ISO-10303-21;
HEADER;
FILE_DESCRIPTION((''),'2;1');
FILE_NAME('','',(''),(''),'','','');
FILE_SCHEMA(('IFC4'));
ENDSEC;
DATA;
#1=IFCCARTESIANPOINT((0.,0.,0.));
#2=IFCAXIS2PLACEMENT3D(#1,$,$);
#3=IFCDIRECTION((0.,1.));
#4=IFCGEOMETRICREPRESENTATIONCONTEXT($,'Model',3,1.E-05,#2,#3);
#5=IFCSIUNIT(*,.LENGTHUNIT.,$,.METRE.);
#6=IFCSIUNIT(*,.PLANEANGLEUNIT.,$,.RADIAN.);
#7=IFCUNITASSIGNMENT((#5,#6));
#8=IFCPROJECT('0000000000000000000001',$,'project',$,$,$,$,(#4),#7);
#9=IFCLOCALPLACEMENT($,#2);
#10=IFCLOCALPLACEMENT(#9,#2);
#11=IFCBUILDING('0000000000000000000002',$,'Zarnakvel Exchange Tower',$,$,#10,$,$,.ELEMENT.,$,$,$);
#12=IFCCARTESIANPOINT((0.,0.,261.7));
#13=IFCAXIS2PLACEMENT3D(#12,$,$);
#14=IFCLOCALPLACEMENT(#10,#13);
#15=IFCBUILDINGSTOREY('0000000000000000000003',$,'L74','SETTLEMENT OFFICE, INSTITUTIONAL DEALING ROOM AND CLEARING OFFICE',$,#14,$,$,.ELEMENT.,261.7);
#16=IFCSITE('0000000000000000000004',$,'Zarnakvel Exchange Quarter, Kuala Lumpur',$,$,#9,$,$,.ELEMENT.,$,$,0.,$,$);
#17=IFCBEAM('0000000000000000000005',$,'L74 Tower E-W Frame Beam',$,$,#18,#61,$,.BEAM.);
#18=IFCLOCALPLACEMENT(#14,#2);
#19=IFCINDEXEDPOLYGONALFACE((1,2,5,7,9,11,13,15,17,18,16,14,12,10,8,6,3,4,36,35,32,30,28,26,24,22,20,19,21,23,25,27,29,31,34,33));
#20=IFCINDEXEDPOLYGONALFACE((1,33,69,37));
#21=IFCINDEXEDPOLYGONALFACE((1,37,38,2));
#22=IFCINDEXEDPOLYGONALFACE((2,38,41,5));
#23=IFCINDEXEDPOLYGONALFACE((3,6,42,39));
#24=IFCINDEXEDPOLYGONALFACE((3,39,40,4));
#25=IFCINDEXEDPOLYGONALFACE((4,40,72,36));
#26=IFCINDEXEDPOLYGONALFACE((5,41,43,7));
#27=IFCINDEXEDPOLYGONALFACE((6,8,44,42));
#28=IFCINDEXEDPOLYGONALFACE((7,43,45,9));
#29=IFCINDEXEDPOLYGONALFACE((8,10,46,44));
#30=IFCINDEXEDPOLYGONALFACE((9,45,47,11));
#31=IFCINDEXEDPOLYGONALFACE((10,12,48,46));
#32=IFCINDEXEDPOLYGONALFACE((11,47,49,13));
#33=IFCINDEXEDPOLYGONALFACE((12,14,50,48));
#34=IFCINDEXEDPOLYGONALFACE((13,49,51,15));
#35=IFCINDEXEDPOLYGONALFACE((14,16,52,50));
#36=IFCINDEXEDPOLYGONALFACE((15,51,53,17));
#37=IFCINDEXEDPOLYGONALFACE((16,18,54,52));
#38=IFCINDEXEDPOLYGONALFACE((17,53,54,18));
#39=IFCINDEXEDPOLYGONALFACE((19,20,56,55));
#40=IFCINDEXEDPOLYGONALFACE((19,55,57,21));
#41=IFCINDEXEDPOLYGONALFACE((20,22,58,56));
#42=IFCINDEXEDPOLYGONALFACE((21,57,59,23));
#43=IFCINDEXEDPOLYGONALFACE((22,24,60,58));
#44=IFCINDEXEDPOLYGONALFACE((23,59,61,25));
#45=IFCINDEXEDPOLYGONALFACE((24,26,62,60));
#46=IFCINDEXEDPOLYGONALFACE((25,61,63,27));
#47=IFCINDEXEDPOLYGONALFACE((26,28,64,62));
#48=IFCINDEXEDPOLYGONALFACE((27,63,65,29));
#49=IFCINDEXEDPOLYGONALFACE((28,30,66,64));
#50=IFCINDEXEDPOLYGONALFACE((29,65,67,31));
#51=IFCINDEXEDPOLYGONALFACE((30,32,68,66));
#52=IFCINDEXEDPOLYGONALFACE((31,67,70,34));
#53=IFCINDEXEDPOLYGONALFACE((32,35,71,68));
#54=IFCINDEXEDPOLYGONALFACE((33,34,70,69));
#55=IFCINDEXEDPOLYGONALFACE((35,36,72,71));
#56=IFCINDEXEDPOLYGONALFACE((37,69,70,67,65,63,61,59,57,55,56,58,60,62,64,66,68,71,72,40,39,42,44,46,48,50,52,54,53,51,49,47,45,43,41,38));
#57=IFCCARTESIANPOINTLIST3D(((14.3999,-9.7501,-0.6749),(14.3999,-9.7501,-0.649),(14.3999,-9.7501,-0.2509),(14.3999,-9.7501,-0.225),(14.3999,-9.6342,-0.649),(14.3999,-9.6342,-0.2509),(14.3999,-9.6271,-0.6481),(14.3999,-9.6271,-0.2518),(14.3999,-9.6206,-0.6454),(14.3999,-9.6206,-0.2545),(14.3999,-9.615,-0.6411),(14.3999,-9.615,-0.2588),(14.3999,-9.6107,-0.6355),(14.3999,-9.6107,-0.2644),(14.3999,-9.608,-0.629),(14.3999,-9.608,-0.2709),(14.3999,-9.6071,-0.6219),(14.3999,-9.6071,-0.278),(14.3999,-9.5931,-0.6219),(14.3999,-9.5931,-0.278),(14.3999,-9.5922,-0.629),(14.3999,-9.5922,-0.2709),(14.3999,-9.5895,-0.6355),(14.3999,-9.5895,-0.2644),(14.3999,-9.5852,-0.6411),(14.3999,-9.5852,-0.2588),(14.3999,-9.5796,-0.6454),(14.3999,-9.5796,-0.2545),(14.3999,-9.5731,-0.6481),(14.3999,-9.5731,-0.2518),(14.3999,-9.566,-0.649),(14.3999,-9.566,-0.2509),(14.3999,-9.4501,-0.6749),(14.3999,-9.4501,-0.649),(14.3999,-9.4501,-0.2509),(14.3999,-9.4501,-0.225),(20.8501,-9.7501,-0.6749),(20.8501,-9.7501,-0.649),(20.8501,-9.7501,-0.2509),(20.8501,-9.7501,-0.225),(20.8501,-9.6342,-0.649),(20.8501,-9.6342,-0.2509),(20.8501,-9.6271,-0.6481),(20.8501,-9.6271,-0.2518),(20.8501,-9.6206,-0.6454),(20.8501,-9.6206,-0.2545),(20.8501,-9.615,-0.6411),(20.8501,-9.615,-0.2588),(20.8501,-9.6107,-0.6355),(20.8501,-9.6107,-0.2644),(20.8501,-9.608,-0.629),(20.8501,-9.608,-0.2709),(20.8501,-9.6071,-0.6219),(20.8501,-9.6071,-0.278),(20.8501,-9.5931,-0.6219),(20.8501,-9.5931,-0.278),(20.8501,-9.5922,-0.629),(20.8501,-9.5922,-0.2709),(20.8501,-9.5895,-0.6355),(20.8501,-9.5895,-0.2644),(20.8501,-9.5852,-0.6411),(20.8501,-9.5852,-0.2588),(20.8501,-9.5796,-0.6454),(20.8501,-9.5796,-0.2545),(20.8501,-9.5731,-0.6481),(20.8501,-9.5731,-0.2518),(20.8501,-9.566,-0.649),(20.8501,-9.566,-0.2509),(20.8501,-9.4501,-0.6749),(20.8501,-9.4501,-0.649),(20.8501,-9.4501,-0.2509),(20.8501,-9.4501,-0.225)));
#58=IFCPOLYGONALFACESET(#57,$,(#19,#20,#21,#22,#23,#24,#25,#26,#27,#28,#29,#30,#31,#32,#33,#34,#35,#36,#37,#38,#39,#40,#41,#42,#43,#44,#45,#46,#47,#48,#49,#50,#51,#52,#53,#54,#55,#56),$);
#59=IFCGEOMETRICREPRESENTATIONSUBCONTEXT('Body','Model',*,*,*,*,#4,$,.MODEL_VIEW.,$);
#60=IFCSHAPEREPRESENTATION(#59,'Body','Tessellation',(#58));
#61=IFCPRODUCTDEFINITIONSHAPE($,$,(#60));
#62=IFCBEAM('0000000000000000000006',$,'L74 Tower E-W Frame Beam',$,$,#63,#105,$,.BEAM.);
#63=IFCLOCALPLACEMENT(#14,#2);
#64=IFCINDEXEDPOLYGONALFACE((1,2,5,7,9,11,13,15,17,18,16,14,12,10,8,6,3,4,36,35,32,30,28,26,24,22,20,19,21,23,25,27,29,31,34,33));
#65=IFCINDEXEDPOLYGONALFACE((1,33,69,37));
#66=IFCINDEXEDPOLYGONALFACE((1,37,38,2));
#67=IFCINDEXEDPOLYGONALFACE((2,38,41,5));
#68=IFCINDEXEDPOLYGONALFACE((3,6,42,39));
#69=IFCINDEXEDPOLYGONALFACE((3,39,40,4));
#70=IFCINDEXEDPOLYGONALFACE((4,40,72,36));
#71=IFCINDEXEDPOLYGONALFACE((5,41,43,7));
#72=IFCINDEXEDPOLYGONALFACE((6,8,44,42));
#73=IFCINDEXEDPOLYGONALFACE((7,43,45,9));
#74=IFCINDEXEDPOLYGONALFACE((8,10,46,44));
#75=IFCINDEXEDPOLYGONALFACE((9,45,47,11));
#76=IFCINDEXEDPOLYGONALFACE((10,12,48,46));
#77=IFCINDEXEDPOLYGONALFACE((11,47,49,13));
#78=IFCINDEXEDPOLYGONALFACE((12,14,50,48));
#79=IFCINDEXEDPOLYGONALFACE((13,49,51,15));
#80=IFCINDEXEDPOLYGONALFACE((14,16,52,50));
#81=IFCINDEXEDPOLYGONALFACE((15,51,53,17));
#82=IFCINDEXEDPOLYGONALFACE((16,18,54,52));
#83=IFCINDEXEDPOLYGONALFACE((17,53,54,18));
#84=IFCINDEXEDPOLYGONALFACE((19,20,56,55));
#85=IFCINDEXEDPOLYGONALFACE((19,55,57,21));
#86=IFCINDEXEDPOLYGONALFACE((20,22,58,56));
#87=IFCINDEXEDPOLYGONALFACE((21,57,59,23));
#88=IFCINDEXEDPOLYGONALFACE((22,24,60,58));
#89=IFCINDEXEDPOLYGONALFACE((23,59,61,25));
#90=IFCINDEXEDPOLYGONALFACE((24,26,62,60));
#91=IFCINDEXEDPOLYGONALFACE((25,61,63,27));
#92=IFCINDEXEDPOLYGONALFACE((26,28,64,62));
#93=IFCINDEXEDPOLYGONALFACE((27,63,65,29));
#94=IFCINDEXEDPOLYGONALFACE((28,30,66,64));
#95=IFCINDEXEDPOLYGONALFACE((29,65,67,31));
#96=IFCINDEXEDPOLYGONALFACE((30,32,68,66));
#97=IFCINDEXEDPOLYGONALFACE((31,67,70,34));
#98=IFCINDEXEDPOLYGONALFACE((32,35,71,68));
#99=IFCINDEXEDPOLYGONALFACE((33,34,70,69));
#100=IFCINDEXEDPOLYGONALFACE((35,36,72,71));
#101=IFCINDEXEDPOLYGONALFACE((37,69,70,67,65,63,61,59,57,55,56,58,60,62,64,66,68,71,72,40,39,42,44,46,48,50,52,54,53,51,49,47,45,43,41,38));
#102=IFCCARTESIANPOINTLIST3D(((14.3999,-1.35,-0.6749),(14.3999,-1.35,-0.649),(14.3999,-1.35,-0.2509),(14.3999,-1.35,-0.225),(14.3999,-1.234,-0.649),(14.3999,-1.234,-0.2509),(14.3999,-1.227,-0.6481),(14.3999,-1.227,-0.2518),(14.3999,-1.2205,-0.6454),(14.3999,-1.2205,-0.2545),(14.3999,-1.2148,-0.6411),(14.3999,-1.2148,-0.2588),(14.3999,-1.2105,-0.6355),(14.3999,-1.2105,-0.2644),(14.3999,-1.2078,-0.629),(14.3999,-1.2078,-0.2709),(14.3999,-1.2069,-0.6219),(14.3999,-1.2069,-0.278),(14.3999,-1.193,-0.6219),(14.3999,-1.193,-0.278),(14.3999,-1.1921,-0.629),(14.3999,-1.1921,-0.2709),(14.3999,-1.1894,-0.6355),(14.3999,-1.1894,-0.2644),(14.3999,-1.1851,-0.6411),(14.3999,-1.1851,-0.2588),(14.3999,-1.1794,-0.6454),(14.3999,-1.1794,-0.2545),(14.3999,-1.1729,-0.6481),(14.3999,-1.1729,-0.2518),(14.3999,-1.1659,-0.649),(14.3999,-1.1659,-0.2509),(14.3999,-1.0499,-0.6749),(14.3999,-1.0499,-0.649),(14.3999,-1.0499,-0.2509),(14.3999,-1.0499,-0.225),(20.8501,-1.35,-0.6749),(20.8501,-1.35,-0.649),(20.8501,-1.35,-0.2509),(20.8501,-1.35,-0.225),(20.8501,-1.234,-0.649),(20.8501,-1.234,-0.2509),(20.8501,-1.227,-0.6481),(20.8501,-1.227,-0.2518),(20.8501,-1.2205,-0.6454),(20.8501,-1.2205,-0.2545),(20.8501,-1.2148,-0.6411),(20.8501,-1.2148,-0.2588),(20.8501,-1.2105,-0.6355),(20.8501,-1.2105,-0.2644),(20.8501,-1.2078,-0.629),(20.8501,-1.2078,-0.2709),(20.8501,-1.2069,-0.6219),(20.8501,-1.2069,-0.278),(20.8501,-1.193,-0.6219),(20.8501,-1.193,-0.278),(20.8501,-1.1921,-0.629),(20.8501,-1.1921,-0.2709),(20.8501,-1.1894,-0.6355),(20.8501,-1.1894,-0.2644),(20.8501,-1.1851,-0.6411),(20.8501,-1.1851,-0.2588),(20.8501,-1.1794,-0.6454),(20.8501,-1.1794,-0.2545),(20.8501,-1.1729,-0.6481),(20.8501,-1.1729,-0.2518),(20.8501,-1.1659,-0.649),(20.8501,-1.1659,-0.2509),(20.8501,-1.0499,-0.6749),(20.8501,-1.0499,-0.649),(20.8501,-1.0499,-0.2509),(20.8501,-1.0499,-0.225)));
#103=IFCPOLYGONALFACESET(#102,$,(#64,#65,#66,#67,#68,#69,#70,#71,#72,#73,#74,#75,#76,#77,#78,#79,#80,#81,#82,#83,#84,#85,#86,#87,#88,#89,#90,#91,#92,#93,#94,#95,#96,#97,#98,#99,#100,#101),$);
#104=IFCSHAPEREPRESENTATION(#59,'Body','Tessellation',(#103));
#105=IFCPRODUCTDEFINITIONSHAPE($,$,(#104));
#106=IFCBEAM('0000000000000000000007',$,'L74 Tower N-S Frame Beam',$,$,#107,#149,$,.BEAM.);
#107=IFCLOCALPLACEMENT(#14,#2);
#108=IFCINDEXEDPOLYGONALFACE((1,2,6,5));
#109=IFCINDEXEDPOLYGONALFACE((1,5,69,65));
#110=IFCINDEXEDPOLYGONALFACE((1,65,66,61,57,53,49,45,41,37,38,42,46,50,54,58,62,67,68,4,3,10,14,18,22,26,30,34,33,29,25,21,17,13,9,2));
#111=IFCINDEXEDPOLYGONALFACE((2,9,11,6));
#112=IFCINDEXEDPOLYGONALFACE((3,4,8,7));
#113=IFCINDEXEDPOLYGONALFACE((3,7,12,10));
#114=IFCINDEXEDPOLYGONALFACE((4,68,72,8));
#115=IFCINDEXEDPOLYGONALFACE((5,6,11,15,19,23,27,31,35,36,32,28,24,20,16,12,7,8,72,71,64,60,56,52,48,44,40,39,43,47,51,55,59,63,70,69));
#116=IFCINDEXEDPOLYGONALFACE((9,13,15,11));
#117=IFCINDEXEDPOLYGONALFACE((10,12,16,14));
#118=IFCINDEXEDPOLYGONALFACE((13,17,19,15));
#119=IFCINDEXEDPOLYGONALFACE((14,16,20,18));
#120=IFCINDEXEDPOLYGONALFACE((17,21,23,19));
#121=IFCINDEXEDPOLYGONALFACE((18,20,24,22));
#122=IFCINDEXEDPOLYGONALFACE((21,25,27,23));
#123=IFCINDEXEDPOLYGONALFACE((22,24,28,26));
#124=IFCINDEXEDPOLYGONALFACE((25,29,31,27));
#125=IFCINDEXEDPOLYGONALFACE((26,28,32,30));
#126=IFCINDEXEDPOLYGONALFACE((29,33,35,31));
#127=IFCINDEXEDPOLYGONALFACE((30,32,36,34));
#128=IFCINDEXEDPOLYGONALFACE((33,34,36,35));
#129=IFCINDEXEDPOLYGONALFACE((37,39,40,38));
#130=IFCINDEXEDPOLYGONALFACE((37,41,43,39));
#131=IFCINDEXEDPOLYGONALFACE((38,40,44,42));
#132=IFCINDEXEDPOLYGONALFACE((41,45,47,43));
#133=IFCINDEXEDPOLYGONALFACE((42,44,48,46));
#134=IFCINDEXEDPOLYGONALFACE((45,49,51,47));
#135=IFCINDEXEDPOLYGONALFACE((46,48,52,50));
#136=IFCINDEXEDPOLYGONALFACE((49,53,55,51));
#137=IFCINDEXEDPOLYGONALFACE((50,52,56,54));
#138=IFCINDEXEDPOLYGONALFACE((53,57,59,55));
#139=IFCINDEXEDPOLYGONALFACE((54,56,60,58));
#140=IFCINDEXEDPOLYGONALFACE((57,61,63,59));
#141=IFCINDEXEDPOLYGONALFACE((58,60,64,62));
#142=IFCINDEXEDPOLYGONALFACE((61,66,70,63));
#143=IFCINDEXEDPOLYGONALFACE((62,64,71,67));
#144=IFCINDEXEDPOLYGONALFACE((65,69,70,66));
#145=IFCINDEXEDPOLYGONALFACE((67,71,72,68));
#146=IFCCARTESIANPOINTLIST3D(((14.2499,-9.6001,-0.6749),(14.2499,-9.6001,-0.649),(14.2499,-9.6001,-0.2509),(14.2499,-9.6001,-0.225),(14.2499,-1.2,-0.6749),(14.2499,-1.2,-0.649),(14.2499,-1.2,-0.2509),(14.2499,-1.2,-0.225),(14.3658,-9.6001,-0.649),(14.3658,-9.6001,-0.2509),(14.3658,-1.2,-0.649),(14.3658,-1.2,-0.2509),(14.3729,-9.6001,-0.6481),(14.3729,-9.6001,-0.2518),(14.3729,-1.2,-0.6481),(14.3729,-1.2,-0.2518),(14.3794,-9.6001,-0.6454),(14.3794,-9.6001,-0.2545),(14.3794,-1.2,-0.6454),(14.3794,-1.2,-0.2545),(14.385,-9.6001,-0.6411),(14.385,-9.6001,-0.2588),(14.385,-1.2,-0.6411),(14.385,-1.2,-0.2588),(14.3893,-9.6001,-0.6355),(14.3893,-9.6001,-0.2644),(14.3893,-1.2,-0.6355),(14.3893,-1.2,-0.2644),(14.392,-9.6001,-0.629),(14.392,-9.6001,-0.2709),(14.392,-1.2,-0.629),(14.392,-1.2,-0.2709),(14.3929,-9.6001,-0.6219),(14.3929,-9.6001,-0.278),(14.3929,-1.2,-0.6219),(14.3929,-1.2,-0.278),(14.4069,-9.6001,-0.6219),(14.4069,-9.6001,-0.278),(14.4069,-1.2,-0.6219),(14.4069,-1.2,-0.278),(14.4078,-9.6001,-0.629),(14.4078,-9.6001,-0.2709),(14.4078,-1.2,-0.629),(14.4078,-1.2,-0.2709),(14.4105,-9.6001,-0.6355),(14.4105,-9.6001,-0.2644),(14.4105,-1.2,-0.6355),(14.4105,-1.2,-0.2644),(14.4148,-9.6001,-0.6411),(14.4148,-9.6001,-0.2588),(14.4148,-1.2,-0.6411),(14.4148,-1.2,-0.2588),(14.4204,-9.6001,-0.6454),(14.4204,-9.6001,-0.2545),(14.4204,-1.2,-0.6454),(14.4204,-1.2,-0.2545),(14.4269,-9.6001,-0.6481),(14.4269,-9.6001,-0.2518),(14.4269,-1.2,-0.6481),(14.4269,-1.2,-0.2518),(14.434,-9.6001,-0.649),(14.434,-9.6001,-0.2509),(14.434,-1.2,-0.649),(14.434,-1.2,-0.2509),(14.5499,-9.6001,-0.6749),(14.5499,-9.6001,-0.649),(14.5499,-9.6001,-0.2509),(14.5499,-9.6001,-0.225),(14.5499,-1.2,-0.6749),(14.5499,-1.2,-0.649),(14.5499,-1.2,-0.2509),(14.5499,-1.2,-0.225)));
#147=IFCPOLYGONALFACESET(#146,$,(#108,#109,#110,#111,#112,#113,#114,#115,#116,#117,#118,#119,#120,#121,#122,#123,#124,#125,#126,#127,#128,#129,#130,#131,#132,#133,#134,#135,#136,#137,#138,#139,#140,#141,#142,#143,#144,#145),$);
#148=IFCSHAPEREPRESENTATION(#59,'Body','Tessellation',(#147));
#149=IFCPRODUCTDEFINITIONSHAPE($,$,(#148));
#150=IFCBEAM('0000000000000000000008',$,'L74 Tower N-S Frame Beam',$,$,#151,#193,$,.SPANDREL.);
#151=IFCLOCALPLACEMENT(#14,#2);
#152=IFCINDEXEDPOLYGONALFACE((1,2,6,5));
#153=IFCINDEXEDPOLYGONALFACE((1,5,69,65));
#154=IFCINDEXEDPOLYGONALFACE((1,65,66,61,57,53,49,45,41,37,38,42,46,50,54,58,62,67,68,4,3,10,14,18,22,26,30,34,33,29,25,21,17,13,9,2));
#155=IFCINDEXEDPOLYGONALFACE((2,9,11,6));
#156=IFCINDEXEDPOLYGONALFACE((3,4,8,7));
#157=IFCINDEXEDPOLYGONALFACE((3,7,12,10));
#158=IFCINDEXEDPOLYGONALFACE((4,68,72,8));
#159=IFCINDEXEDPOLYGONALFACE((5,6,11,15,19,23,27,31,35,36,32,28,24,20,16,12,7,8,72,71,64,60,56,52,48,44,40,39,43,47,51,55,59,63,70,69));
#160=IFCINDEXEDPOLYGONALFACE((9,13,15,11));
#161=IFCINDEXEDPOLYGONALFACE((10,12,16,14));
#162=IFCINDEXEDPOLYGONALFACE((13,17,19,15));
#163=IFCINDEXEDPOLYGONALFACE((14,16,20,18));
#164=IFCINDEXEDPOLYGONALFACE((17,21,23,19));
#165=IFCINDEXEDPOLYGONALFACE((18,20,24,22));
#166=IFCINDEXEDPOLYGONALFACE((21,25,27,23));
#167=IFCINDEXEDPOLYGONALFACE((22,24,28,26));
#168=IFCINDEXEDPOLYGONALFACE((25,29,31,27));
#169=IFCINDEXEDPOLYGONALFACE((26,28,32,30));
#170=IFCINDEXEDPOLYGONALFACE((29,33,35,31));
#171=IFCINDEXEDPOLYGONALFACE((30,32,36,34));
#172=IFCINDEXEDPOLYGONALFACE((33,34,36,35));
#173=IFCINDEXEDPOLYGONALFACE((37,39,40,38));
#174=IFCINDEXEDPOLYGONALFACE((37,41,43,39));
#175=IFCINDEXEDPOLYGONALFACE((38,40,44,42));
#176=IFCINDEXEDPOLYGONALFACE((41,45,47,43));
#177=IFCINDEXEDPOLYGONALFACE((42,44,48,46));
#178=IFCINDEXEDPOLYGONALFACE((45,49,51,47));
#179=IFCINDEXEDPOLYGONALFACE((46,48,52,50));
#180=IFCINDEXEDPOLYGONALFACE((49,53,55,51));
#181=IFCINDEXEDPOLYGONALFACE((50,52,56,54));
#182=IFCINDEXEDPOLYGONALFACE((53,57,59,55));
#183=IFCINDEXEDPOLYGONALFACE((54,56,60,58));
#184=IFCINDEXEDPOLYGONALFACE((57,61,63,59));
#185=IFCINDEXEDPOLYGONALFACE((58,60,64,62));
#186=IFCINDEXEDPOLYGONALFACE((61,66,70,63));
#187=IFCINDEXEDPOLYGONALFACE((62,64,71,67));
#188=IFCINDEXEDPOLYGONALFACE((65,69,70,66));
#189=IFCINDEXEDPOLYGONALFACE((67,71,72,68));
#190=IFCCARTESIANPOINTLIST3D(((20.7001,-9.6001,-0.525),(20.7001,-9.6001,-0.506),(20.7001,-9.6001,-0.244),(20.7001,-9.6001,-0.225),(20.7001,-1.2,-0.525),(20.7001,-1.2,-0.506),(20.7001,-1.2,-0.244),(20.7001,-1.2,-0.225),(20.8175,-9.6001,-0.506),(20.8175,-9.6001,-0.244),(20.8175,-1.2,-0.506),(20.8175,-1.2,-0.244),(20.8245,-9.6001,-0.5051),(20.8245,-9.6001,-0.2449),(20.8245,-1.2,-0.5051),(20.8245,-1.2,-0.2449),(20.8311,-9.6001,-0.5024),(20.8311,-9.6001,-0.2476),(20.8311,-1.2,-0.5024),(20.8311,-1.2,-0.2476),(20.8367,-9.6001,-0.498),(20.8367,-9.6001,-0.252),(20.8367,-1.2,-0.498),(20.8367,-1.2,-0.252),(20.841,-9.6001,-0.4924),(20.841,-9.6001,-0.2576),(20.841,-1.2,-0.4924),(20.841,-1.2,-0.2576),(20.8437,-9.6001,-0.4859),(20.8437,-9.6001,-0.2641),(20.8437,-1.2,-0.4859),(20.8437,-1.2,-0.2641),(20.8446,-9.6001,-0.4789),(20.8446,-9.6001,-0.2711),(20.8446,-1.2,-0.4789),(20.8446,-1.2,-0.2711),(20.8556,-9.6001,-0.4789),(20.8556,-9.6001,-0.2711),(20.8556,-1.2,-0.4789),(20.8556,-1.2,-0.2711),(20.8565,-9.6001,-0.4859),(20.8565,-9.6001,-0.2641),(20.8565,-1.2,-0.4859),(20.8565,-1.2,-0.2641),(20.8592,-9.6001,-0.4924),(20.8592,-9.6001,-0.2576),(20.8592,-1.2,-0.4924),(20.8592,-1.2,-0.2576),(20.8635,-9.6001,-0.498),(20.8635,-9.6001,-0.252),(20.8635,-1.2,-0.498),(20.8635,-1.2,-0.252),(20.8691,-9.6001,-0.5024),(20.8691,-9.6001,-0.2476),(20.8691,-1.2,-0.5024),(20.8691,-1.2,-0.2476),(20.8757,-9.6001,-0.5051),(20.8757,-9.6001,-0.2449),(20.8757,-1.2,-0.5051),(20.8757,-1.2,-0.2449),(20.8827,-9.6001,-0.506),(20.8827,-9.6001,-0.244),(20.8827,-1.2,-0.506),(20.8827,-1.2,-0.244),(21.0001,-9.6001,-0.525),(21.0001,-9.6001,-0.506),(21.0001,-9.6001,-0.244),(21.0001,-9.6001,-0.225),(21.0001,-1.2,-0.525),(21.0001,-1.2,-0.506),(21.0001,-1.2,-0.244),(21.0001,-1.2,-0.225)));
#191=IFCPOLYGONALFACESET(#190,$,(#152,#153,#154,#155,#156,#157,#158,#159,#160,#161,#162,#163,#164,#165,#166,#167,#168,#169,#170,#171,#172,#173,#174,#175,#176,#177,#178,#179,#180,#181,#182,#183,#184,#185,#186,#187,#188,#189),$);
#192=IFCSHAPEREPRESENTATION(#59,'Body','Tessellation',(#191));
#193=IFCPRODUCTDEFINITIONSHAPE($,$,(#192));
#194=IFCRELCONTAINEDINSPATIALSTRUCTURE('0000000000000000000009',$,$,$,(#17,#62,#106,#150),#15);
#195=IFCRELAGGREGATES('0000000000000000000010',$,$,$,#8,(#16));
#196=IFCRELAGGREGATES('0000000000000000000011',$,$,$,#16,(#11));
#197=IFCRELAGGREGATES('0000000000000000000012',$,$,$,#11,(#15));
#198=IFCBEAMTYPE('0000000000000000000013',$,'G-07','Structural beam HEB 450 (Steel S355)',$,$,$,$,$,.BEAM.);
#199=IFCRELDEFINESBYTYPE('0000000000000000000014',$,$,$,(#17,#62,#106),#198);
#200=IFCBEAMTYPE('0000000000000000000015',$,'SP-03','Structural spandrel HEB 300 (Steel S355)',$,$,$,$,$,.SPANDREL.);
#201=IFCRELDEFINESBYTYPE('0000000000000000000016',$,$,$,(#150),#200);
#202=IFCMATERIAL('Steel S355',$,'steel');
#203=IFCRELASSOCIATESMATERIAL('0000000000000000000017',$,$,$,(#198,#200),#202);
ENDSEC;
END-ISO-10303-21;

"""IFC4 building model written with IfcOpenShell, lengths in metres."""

from ifc_helpers import new_model, si_unit, direction, frame, origin, origin_2d, place, context, subcontext, project, spatial, i_section, extrude, material, material_profile, profile_set, type_object, element, save


model = new_model("IFC4")

# Units and contexts
model_context = context("Model", 3, precision=1e-05, world=origin(), true_north=direction((0.0, 1.0)))
body_context = subcontext(model_context, "Body", "Model", "MODEL_VIEW")
ifc_project = project(units=[si_unit("LENGTHUNIT", "METRE"), si_unit("PLANEANGLEUNIT", "RADIAN")], contexts=[model_context])

# Site, building, storey
site_placement = place(None, origin())
site = spatial("IfcSite", under=ifc_project, at=site_placement, Name="Zarnakvel Exchange Quarter, Kuala Lumpur", CompositionType="ELEMENT", RefElevation=0.0)
building_placement = place(site_placement, origin())
building = spatial("IfcBuilding", under=site, at=building_placement, Name="Zarnakvel Exchange Tower", CompositionType="ELEMENT")
storey_placement = place(building_placement, frame((0.0, 0.0, 261.7)))
storey = spatial("IfcBuildingStorey", under=building, at=storey_placement, Name="L74", Description="SETTLEMENT OFFICE, INSTITUTIONAL DEALING ROOM AND CLEARING OFFICE", CompositionType="ELEMENT", Elevation=261.7)

# Shared definitions
ifc_material_1 = material(Name="Steel S355", Category="steel")

# Beams
ifc_material_profile_1 = material_profile(ifc_material_1, i_section(OverallWidth=0.3, OverallDepth=0.45, WebThickness=0.0139, FlangeThickness=0.0259, FilletRadius=0.0271, at=origin_2d()))
ifc_profile_set_1 = profile_set([ifc_material_profile_1], Name="Steel S355")
beam_type_1 = type_object("IfcBeamType", Name="G-07", Description="Structural beam HEB 450 (Steel S355)", PredefinedType="BEAM", material=ifc_profile_set_1)
for number, where, z_axis, x_axis, name in (
    (1, (14.3999, -9.6001, -0.45), (1.0, 0.0, 0.0), (0.0, 1.0, 0.0), "L74 Tower E-W Frame Beam"),
    (2, (14.3999, -1.2, -0.45), (1.0, 0.0, 0.0), (0.0, 1.0, 0.0), "L74 Tower E-W Frame Beam"),
):
    element("IfcBeam", number, at=place(storey_placement, frame(where, z_axis=z_axis, x_axis=x_axis)), inside=storey, type_object=beam_type_1, Name=name, PredefinedType="BEAM", context=body_context, shape_type="SweptSolid", body=[
        extrude(i_section(OverallWidth=0.3, OverallDepth=0.45, WebThickness=0.0139, FlangeThickness=0.0259, FilletRadius=0.0271, at=origin_2d()), origin(), (0.0, 0.0, 1.0), 6.4502),
    ])
beam_1_placement = place(storey_placement, frame((14.3999, -9.6001, -0.45), z_axis=(0.0, 1.0, 0.0), x_axis=(-1.0, 0.0, 0.0)))
element("IfcBeam", 3, at=beam_1_placement, inside=storey, type_object=beam_type_1, Name="L74 Tower N-S Frame Beam", PredefinedType="BEAM", context=body_context, shape_type="SweptSolid", body=[
    extrude(i_section(OverallWidth=0.3, OverallDepth=0.45, WebThickness=0.0139, FlangeThickness=0.0259, FilletRadius=0.0271, at=origin_2d()), origin(), (0.0, 0.0, 1.0), 8.4001),
])
ifc_material_profile_2 = material_profile(ifc_material_1, i_section(OverallWidth=0.3, OverallDepth=0.3, WebThickness=0.011, FlangeThickness=0.019, FilletRadius=0.0271, at=origin_2d()))
ifc_profile_set_2 = profile_set([ifc_material_profile_2], Name="Steel S355")
beam_type_2 = type_object("IfcBeamType", Name="SP-03", Description="Structural spandrel HEB 300 (Steel S355)", PredefinedType="SPANDREL", material=ifc_profile_set_2)
beam_2_placement = place(storey_placement, frame((20.8501, -9.6001, -0.375), z_axis=(0.0, 1.0, 0.0), x_axis=(-1.0, 0.0, 0.0)))
element("IfcBeam", 4, at=beam_2_placement, inside=storey, type_object=beam_type_2, Name="L74 Tower N-S Frame Beam", PredefinedType="SPANDREL", context=body_context, shape_type="SweptSolid", body=[
    extrude(i_section(OverallWidth=0.3, OverallDepth=0.3, WebThickness=0.011, FlangeThickness=0.019, FilletRadius=0.0271, at=origin_2d()), origin(), (0.0, 0.0, 1.0), 8.4001),
])

save(model, "model.ifc")
